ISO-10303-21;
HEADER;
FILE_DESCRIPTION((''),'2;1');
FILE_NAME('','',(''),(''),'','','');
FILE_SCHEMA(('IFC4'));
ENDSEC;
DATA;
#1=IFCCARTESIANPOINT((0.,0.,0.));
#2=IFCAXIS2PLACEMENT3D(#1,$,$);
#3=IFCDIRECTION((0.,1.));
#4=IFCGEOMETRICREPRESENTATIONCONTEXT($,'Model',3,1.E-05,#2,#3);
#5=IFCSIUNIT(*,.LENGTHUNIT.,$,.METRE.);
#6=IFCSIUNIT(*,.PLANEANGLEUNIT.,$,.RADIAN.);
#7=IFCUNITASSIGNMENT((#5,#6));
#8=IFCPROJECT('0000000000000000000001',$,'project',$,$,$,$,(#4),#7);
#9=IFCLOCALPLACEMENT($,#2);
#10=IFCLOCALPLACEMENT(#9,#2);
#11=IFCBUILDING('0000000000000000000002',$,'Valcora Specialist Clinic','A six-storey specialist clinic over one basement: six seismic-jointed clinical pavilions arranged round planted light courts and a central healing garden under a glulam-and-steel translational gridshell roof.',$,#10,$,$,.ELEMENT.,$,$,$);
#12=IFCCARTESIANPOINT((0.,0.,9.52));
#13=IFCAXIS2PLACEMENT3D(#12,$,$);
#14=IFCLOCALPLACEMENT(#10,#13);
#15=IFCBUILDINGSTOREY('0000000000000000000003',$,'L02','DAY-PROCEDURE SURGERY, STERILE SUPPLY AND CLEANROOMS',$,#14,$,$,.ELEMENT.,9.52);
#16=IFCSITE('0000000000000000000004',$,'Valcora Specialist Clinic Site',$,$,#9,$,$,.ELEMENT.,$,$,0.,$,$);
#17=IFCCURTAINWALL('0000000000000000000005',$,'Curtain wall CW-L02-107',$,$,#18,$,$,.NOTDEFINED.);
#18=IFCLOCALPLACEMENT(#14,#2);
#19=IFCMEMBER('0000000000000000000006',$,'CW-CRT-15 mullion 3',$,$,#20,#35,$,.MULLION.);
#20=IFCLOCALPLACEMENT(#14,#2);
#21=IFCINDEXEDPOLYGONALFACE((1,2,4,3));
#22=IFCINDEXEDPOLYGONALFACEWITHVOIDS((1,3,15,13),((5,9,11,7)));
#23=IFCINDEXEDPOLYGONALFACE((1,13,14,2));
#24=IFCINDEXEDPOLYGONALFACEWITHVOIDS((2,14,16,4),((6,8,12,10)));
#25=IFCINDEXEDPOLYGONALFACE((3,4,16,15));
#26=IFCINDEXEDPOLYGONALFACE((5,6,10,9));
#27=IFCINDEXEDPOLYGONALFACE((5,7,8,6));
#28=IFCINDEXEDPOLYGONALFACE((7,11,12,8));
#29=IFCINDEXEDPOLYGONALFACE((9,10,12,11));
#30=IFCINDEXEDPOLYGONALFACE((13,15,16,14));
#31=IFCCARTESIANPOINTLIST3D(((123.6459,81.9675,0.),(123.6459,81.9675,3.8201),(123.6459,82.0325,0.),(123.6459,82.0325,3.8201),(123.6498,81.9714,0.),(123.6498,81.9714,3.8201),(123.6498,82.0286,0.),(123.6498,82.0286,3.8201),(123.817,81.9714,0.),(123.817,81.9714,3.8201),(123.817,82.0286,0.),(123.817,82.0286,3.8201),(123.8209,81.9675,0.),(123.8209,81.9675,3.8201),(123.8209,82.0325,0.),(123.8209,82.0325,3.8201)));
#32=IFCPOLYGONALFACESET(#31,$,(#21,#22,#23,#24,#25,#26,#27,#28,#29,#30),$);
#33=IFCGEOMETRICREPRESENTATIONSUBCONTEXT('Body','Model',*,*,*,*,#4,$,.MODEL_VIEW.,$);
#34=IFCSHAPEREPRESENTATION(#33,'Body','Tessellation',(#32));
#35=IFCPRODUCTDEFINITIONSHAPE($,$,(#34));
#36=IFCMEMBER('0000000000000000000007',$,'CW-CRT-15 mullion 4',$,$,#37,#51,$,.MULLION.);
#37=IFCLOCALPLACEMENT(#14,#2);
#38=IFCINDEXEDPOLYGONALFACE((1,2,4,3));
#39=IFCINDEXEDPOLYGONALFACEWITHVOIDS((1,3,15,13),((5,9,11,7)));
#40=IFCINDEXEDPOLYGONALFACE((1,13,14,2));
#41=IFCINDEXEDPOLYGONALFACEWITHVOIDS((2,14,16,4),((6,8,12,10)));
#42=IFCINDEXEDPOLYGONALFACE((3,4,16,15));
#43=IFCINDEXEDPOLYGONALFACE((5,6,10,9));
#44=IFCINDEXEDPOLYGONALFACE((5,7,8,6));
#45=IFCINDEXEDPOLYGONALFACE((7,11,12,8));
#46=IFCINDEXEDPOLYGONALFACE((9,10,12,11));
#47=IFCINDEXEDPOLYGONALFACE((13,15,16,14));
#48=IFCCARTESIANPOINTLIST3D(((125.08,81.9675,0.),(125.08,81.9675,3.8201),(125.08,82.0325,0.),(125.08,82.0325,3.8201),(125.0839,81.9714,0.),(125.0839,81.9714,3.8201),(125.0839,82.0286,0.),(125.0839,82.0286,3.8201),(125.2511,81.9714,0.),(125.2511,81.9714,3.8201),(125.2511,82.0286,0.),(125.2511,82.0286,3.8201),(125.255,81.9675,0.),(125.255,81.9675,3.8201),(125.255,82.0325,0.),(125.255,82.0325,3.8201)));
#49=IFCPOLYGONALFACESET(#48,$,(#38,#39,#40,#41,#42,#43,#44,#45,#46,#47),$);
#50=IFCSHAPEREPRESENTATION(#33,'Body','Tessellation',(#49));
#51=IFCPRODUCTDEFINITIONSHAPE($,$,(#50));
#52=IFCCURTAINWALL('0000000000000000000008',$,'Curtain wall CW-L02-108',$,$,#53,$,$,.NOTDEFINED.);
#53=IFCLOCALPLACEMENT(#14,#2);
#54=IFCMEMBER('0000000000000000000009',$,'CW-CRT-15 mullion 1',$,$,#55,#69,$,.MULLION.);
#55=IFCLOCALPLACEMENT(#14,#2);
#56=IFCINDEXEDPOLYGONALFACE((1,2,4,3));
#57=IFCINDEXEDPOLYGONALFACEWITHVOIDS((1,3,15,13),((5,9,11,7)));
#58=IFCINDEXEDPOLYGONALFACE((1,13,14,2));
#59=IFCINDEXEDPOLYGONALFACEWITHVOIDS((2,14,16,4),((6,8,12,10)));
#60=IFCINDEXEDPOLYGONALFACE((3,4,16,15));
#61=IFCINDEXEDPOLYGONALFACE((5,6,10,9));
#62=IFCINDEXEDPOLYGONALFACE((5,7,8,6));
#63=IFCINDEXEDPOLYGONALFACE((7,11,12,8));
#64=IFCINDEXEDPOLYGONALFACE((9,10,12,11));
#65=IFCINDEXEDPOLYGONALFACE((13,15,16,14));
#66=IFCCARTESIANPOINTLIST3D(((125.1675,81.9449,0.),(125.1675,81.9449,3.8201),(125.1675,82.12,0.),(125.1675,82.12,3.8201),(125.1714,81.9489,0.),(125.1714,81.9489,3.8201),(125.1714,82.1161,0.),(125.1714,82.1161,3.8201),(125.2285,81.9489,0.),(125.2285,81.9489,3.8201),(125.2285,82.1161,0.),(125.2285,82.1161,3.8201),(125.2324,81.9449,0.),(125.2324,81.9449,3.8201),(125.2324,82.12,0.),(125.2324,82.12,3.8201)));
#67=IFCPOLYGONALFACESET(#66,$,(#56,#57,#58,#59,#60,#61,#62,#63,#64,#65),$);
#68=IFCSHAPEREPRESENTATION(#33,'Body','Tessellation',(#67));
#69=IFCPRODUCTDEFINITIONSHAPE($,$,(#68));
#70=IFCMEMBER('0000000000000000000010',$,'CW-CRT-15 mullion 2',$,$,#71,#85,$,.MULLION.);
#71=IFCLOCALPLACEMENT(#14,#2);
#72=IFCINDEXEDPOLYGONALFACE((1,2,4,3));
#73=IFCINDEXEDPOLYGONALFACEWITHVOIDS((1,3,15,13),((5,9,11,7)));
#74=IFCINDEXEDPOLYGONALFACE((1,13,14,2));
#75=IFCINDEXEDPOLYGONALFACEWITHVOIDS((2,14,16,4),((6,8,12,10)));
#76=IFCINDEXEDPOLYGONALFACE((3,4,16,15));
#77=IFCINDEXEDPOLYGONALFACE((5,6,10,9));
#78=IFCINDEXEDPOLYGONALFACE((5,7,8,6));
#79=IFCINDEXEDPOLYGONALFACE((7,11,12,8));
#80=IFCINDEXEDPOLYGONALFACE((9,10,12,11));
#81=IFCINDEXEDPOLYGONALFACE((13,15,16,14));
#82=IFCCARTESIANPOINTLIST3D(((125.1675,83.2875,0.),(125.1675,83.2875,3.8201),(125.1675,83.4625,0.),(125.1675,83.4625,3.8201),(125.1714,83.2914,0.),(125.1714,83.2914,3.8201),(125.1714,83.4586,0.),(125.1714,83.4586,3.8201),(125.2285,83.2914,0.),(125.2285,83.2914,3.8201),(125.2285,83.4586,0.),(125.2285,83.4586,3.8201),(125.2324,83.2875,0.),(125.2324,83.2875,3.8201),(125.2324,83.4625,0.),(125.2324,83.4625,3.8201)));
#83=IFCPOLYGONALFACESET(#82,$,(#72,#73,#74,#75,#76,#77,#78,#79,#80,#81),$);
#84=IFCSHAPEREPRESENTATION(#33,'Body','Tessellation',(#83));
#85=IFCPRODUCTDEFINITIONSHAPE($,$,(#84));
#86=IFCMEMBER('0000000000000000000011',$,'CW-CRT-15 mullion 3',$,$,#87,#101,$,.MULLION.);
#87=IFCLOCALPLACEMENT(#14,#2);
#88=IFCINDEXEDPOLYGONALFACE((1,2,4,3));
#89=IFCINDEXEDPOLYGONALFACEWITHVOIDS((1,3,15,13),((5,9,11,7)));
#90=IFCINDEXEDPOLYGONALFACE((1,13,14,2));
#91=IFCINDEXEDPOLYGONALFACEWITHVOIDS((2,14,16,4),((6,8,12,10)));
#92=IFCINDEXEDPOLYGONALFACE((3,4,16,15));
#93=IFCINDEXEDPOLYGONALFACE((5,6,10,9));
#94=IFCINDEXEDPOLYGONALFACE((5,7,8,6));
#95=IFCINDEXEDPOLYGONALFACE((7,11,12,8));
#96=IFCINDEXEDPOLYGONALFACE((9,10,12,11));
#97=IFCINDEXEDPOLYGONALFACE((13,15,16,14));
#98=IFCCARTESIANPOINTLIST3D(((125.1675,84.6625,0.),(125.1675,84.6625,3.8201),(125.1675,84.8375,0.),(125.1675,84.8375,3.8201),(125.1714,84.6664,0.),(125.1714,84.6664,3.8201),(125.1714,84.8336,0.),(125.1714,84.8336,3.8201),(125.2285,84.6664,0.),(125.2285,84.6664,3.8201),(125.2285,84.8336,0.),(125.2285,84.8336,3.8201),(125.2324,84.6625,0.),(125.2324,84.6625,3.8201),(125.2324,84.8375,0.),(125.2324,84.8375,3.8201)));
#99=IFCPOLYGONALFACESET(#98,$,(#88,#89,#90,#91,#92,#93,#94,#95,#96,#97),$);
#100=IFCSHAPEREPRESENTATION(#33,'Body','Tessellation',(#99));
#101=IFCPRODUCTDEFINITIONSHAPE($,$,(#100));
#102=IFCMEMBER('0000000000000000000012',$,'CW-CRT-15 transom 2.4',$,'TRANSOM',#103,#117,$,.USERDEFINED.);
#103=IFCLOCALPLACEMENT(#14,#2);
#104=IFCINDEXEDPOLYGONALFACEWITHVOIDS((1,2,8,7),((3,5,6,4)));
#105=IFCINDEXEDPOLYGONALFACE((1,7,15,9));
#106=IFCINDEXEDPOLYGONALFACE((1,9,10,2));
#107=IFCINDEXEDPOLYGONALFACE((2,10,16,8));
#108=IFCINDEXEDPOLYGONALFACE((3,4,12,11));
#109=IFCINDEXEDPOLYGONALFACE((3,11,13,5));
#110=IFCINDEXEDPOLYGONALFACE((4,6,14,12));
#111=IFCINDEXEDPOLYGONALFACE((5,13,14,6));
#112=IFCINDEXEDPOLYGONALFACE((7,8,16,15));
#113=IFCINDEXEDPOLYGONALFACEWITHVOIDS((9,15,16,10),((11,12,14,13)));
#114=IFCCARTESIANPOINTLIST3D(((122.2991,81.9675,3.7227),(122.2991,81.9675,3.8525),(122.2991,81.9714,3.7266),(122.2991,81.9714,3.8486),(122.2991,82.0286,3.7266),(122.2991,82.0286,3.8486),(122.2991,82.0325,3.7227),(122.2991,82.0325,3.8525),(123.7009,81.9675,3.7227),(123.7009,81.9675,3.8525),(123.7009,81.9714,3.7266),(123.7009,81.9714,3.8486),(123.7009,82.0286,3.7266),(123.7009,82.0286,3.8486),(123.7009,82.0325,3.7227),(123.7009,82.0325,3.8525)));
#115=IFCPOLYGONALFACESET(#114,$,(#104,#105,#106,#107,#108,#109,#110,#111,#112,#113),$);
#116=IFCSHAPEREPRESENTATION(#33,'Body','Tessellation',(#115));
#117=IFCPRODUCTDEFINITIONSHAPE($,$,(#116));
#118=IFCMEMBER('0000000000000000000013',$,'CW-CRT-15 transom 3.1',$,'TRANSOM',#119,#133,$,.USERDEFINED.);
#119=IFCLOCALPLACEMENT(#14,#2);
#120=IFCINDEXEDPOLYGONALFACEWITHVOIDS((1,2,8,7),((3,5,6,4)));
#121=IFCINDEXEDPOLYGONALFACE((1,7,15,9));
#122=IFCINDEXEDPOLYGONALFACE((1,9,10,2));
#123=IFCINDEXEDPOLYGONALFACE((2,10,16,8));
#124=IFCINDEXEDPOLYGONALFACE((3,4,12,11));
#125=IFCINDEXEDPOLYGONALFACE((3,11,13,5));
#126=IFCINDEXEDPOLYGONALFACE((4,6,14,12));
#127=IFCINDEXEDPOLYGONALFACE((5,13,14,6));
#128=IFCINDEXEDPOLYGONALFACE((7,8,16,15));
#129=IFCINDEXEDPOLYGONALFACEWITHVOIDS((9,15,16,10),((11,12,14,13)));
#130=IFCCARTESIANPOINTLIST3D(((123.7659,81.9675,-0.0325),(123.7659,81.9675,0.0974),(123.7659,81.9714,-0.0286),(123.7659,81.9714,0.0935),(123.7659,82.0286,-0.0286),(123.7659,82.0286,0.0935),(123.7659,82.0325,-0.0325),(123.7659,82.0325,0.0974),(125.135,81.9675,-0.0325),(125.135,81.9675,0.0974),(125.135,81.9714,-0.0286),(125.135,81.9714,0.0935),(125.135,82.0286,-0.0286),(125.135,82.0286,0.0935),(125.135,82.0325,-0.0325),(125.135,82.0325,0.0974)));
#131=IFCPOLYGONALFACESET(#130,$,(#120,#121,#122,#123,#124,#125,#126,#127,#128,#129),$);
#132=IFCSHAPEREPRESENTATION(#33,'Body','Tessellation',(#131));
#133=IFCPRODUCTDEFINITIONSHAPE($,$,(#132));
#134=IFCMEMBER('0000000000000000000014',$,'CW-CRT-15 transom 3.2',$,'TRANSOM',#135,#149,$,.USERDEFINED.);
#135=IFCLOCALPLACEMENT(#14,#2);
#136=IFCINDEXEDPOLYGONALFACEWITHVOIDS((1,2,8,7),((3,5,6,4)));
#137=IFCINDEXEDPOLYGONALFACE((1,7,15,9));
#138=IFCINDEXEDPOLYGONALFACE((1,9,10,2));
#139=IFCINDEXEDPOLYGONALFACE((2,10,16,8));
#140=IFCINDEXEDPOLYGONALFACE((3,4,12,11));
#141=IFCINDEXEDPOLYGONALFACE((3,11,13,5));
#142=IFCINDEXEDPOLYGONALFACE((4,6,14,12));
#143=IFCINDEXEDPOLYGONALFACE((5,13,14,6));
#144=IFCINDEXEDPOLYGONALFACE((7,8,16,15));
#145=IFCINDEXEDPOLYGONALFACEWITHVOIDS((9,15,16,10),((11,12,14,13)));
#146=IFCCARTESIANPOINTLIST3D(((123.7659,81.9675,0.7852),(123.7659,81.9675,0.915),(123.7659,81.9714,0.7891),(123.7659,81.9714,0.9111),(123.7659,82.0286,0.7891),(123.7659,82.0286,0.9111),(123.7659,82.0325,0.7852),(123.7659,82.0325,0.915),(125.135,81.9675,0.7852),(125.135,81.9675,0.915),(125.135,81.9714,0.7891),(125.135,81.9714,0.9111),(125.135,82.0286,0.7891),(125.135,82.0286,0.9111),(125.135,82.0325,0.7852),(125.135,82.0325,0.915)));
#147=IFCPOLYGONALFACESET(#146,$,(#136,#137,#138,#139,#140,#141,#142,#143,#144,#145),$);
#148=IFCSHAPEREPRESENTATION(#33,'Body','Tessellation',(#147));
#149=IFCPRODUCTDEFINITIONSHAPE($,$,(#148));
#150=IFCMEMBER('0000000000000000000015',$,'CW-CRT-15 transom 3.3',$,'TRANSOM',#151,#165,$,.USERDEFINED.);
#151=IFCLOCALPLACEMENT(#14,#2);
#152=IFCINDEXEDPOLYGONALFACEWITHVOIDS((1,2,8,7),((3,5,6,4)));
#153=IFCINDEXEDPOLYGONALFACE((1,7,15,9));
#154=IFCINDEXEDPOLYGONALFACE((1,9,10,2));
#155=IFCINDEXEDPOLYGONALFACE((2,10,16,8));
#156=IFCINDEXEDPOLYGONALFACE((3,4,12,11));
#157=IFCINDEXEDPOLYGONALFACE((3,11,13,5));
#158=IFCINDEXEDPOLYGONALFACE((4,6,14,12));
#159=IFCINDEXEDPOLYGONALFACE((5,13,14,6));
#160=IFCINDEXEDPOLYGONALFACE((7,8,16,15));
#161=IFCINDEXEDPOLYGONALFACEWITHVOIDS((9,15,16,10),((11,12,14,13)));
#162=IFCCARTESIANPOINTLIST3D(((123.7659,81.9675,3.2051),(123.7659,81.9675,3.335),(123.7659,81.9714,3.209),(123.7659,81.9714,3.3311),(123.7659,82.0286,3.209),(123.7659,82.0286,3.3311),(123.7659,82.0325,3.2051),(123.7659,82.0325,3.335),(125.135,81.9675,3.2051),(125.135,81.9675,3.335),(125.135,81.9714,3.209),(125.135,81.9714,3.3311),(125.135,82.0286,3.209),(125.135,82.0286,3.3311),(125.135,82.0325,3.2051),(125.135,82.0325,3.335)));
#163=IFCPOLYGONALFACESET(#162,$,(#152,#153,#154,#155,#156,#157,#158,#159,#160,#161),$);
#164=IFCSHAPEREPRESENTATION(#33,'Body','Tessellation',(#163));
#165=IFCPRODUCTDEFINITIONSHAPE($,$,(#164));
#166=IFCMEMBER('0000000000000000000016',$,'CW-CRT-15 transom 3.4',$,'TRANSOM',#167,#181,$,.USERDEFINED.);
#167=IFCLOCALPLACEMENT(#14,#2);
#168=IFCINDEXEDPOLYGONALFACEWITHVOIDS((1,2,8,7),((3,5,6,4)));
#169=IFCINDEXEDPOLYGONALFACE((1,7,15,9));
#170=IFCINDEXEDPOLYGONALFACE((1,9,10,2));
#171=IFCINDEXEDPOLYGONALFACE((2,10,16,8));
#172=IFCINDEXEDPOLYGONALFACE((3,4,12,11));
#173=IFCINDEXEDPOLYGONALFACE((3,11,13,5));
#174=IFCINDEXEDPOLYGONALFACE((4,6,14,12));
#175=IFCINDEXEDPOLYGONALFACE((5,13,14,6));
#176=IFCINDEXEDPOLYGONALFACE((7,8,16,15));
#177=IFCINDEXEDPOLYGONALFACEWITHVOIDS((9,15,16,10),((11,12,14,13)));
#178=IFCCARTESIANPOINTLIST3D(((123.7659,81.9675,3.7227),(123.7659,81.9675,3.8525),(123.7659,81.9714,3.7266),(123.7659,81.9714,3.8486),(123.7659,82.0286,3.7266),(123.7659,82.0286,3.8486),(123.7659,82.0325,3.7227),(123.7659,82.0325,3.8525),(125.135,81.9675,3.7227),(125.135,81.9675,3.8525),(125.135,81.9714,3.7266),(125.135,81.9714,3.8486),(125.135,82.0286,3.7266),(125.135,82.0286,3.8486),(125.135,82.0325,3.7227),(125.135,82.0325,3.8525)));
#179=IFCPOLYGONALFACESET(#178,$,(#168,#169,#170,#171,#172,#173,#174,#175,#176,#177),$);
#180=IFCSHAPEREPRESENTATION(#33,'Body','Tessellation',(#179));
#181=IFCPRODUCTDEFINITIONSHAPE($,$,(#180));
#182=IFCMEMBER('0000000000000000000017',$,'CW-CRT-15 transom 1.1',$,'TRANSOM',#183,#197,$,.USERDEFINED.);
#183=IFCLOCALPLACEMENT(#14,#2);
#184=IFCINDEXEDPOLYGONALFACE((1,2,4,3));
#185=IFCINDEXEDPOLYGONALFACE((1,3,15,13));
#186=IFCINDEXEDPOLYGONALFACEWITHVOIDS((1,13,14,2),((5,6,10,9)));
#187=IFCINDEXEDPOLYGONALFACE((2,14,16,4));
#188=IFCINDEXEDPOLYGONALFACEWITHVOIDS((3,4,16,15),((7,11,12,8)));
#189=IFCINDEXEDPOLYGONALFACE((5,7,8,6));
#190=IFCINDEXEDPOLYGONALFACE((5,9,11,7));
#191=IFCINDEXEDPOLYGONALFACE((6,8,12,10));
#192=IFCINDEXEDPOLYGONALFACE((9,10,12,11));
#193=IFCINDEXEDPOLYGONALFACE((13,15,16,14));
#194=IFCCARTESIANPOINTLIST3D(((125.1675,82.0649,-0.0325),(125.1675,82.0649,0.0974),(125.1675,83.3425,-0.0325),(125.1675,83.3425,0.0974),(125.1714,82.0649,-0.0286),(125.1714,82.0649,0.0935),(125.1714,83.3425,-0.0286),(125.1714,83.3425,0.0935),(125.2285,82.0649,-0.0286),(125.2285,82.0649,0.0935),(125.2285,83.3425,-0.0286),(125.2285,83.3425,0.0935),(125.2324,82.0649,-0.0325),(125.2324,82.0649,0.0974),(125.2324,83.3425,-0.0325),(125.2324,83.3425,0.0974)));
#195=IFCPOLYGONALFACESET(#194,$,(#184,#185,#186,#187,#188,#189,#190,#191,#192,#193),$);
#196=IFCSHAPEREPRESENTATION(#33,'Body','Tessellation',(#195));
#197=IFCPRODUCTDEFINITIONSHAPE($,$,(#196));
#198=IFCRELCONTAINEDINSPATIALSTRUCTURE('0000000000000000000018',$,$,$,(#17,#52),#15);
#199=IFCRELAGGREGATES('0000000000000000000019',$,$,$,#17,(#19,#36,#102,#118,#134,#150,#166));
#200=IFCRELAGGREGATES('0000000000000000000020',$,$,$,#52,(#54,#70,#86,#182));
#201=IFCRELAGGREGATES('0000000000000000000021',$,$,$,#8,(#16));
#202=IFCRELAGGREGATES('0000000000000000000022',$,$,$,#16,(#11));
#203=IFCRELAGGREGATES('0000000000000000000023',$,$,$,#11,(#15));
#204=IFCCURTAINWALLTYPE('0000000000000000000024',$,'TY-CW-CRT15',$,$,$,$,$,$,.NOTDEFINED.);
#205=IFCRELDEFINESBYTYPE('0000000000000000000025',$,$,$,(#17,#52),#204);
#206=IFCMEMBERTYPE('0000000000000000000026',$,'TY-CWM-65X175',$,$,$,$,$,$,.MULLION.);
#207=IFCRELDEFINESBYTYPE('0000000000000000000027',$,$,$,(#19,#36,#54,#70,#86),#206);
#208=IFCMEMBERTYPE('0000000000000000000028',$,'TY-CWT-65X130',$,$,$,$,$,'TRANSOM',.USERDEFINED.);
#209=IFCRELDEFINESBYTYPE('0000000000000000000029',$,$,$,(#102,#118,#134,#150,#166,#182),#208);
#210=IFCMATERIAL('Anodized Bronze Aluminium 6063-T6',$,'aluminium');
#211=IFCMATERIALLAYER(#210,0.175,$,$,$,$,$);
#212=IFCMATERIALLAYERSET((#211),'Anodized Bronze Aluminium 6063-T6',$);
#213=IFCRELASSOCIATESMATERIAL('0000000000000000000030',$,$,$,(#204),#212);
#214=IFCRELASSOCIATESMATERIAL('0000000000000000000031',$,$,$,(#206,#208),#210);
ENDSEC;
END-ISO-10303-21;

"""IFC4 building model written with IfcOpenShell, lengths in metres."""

from ifc_helpers import new_model, si_unit, direction, frame, origin, origin_2d, place, context, subcontext, project, spatial, hollow_rectangle, extrude, material, layer, layer_set, material_profile, profile_set, type_object, element, aggregate, save


model = new_model("IFC4")

# Units and contexts
model_context = context("Model", 3, precision=1e-05, world=origin(), true_north=direction((0.0, 1.0)))
body_context = subcontext(model_context, "Body", "Model", "MODEL_VIEW")
ifc_project = project(units=[si_unit("LENGTHUNIT", "METRE"), si_unit("PLANEANGLEUNIT", "RADIAN")], contexts=[model_context])

# Site, building, storey
site_placement = place(None, origin())
site = spatial("IfcSite", under=ifc_project, at=site_placement, Name="Valcora Specialist Clinic Site", CompositionType="ELEMENT", RefElevation=0.0)
building_placement = place(site_placement, origin())
building = spatial("IfcBuilding", under=site, at=building_placement, Name="Valcora Specialist Clinic", Description="A six-storey specialist clinic over one basement: six seismic-jointed clinical pavilions arranged round planted light courts and a central healing garden under a glulam-and-steel translational gridshell roof.", CompositionType="ELEMENT")
storey_placement = place(building_placement, frame((0.0, 0.0, 9.52)))
storey = spatial("IfcBuildingStorey", under=building, at=storey_placement, Name="L02", Description="DAY-PROCEDURE SURGERY, STERILE SUPPLY AND CLEANROOMS", CompositionType="ELEMENT", Elevation=9.52)

# Curtain walls, members
ifc_material_1 = material(Name="Anodized Bronze Aluminium 6063-T6", Category="aluminium")
ifc_layer_1 = layer(ifc_material_1, 0.175)
ifc_layer_set_1 = layer_set([ifc_layer_1], Name="Anodized Bronze Aluminium 6063-T6")
curtain_wall_type = type_object("IfcCurtainWallType", Name="TY-CW-CRT15", PredefinedType="NOTDEFINED", material=ifc_layer_set_1)
curtain_wall_1_placement = place(storey_placement, origin())
curtain_wall_1 = element("IfcCurtainWall", 1, at=curtain_wall_1_placement, inside=storey, type_object=curtain_wall_type, Name="Curtain wall CW-L02-107", PredefinedType="NOTDEFINED")
ifc_material_profile_1 = material_profile(ifc_material_1, hollow_rectangle(XDim=0.0649, YDim=0.175, WallThickness=0.0039, at=origin_2d()), Name="AL-MUL-65X175")
ifc_profile_set_1 = profile_set([ifc_material_profile_1], Name="Anodized Bronze Aluminium 6063-T6")
member_type_1 = type_object("IfcMemberType", Name="TY-CWM-65X175", PredefinedType="MULLION", material=ifc_profile_set_1)
member_1_placement = place(storey_placement, frame((123.7334, 82.0, 0.0), z_axis=(0.0, 0.0, 1.0), x_axis=(0.0, 1.0, 0.0)))
member_1 = element("IfcMember", 2, at=member_1_placement, type_object=member_type_1, Name="CW-CRT-15 mullion 3", PredefinedType="MULLION", context=body_context, shape_type="SweptSolid", body=[
    extrude(hollow_rectangle(XDim=0.0649, YDim=0.175, WallThickness=0.0039, at=origin_2d()), origin(), (0.0, 0.0, 1.0), 3.8201),
])
member_2_placement = place(storey_placement, frame((125.1675, 82.0, 0.0), z_axis=(0.0, 0.0, 1.0), x_axis=(0.0, 1.0, 0.0)))
member_2 = element("IfcMember", 3, at=member_2_placement, type_object=member_type_1, Name="CW-CRT-15 mullion 4", PredefinedType="MULLION", context=body_context, shape_type="SweptSolid", body=[
    extrude(hollow_rectangle(XDim=0.0649, YDim=0.175, WallThickness=0.0039, at=origin_2d()), origin(), (0.0, 0.0, 1.0), 3.8201),
])
curtain_wall_2_placement = place(storey_placement, origin())
curtain_wall_2 = element("IfcCurtainWall", 4, at=curtain_wall_2_placement, inside=storey, type_object=curtain_wall_type, Name="Curtain wall CW-L02-108", PredefinedType="NOTDEFINED")
member_3_placement = place(storey_placement, frame((125.2, 82.0325, 0.0), z_axis=(0.0, 0.0, 1.0), x_axis=(-1.0, 0.0, 0.0)))
member_3 = element("IfcMember", 5, at=member_3_placement, type_object=member_type_1, Name="CW-CRT-15 mullion 1", PredefinedType="MULLION", context=body_context, shape_type="SweptSolid", body=[
    extrude(hollow_rectangle(XDim=0.0649, YDim=0.175, WallThickness=0.0039, at=origin_2d()), origin(), (0.0, 0.0, 1.0), 3.8201),
])
member_4_placement = place(storey_placement, frame((125.2, 83.375, 0.0), z_axis=(0.0, 0.0, 1.0), x_axis=(-1.0, 0.0, 0.0)))
member_4 = element("IfcMember", 6, at=member_4_placement, type_object=member_type_1, Name="CW-CRT-15 mullion 2", PredefinedType="MULLION", context=body_context, shape_type="SweptSolid", body=[
    extrude(hollow_rectangle(XDim=0.0649, YDim=0.175, WallThickness=0.0039, at=origin_2d()), origin(), (0.0, 0.0, 1.0), 3.8201),
])
member_5_placement = place(storey_placement, frame((125.2, 84.75, 0.0), z_axis=(0.0, 0.0, 1.0), x_axis=(-1.0, 0.0, 0.0)))
member_5 = element("IfcMember", 7, at=member_5_placement, type_object=member_type_1, Name="CW-CRT-15 mullion 3", PredefinedType="MULLION", context=body_context, shape_type="SweptSolid", body=[
    extrude(hollow_rectangle(XDim=0.0649, YDim=0.175, WallThickness=0.0039, at=origin_2d()), origin(), (0.0, 0.0, 1.0), 3.8201),
])

# Members
ifc_material_profile_2 = material_profile(ifc_material_1, hollow_rectangle(XDim=0.0649, YDim=0.1299, WallThickness=0.0039, at=origin_2d()), Name="AL-TRN-65X130")
ifc_profile_set_2 = profile_set([ifc_material_profile_2], Name="Anodized Bronze Aluminium 6063-T6")
member_type_2 = type_object("IfcMemberType", Name="TY-CWT-65X130", ElementType="TRANSOM", PredefinedType="USERDEFINED", material=ifc_profile_set_2)
member_6_placement = place(storey_placement, frame((122.2991, 82.0, 3.7876), z_axis=(1.0, 0.0, 0.0), x_axis=(0.0, 1.0, 0.0)))
member_6 = element("IfcMember", 8, at=member_6_placement, type_object=member_type_2, Name="CW-CRT-15 transom 2.4", ObjectType="TRANSOM", PredefinedType="USERDEFINED", context=body_context, shape_type="SweptSolid", body=[
    extrude(hollow_rectangle(XDim=0.0649, YDim=0.1299, WallThickness=0.0039, at=origin_2d()), origin(), (0.0, 0.0, 1.0), 1.4019),
])
member_7_placement = place(storey_placement, frame((123.7659, 82.0, 0.0325), z_axis=(1.0, 0.0, 0.0), x_axis=(0.0, 1.0, 0.0)))
member_7 = element("IfcMember", 9, at=member_7_placement, type_object=member_type_2, Name="CW-CRT-15 transom 3.1", ObjectType="TRANSOM", PredefinedType="USERDEFINED", context=body_context, shape_type="SweptSolid", body=[
    extrude(hollow_rectangle(XDim=0.0649, YDim=0.1299, WallThickness=0.0039, at=origin_2d()), origin(), (0.0, 0.0, 1.0), 1.3691),
])
member_8_placement = place(storey_placement, frame((123.7659, 82.0, 0.8501), z_axis=(1.0, 0.0, 0.0), x_axis=(0.0, 1.0, 0.0)))
member_8 = element("IfcMember", 10, at=member_8_placement, type_object=member_type_2, Name="CW-CRT-15 transom 3.2", ObjectType="TRANSOM", PredefinedType="USERDEFINED", context=body_context, shape_type="SweptSolid", body=[
    extrude(hollow_rectangle(XDim=0.0649, YDim=0.1299, WallThickness=0.0039, at=origin_2d()), origin(), (0.0, 0.0, 1.0), 1.3691),
])
member_9_placement = place(storey_placement, frame((123.7659, 82.0, 3.27), z_axis=(1.0, 0.0, 0.0), x_axis=(0.0, 1.0, 0.0)))
member_9 = element("IfcMember", 11, at=member_9_placement, type_object=member_type_2, Name="CW-CRT-15 transom 3.3", ObjectType="TRANSOM", PredefinedType="USERDEFINED", context=body_context, shape_type="SweptSolid", body=[
    extrude(hollow_rectangle(XDim=0.0649, YDim=0.1299, WallThickness=0.0039, at=origin_2d()), origin(), (0.0, 0.0, 1.0), 1.3691),
])
member_10_placement = place(storey_placement, frame((123.7659, 82.0, 3.7876), z_axis=(1.0, 0.0, 0.0), x_axis=(0.0, 1.0, 0.0)))
member_10 = element("IfcMember", 12, at=member_10_placement, type_object=member_type_2, Name="CW-CRT-15 transom 3.4", ObjectType="TRANSOM", PredefinedType="USERDEFINED", context=body_context, shape_type="SweptSolid", body=[
    extrude(hollow_rectangle(XDim=0.0649, YDim=0.1299, WallThickness=0.0039, at=origin_2d()), origin(), (0.0, 0.0, 1.0), 1.3691),
])
member_11_placement = place(storey_placement, frame((125.2, 82.0649, 0.0325), z_axis=(0.0, 1.0, 0.0), x_axis=(-1.0, 0.0, 0.0)))
member_11 = element("IfcMember", 13, at=member_11_placement, type_object=member_type_2, Name="CW-CRT-15 transom 1.1", ObjectType="TRANSOM", PredefinedType="USERDEFINED", context=body_context, shape_type="SweptSolid", body=[
    extrude(hollow_rectangle(XDim=0.0649, YDim=0.1299, WallThickness=0.0039, at=origin_2d()), origin(), (0.0, 0.0, 1.0), 1.2776),
])

aggregate(curtain_wall_1, [member_1, member_2, member_6, member_7, member_8, member_9, member_10])
aggregate(curtain_wall_2, [member_3, member_4, member_5, member_11])

save(model, "model.ifc")
